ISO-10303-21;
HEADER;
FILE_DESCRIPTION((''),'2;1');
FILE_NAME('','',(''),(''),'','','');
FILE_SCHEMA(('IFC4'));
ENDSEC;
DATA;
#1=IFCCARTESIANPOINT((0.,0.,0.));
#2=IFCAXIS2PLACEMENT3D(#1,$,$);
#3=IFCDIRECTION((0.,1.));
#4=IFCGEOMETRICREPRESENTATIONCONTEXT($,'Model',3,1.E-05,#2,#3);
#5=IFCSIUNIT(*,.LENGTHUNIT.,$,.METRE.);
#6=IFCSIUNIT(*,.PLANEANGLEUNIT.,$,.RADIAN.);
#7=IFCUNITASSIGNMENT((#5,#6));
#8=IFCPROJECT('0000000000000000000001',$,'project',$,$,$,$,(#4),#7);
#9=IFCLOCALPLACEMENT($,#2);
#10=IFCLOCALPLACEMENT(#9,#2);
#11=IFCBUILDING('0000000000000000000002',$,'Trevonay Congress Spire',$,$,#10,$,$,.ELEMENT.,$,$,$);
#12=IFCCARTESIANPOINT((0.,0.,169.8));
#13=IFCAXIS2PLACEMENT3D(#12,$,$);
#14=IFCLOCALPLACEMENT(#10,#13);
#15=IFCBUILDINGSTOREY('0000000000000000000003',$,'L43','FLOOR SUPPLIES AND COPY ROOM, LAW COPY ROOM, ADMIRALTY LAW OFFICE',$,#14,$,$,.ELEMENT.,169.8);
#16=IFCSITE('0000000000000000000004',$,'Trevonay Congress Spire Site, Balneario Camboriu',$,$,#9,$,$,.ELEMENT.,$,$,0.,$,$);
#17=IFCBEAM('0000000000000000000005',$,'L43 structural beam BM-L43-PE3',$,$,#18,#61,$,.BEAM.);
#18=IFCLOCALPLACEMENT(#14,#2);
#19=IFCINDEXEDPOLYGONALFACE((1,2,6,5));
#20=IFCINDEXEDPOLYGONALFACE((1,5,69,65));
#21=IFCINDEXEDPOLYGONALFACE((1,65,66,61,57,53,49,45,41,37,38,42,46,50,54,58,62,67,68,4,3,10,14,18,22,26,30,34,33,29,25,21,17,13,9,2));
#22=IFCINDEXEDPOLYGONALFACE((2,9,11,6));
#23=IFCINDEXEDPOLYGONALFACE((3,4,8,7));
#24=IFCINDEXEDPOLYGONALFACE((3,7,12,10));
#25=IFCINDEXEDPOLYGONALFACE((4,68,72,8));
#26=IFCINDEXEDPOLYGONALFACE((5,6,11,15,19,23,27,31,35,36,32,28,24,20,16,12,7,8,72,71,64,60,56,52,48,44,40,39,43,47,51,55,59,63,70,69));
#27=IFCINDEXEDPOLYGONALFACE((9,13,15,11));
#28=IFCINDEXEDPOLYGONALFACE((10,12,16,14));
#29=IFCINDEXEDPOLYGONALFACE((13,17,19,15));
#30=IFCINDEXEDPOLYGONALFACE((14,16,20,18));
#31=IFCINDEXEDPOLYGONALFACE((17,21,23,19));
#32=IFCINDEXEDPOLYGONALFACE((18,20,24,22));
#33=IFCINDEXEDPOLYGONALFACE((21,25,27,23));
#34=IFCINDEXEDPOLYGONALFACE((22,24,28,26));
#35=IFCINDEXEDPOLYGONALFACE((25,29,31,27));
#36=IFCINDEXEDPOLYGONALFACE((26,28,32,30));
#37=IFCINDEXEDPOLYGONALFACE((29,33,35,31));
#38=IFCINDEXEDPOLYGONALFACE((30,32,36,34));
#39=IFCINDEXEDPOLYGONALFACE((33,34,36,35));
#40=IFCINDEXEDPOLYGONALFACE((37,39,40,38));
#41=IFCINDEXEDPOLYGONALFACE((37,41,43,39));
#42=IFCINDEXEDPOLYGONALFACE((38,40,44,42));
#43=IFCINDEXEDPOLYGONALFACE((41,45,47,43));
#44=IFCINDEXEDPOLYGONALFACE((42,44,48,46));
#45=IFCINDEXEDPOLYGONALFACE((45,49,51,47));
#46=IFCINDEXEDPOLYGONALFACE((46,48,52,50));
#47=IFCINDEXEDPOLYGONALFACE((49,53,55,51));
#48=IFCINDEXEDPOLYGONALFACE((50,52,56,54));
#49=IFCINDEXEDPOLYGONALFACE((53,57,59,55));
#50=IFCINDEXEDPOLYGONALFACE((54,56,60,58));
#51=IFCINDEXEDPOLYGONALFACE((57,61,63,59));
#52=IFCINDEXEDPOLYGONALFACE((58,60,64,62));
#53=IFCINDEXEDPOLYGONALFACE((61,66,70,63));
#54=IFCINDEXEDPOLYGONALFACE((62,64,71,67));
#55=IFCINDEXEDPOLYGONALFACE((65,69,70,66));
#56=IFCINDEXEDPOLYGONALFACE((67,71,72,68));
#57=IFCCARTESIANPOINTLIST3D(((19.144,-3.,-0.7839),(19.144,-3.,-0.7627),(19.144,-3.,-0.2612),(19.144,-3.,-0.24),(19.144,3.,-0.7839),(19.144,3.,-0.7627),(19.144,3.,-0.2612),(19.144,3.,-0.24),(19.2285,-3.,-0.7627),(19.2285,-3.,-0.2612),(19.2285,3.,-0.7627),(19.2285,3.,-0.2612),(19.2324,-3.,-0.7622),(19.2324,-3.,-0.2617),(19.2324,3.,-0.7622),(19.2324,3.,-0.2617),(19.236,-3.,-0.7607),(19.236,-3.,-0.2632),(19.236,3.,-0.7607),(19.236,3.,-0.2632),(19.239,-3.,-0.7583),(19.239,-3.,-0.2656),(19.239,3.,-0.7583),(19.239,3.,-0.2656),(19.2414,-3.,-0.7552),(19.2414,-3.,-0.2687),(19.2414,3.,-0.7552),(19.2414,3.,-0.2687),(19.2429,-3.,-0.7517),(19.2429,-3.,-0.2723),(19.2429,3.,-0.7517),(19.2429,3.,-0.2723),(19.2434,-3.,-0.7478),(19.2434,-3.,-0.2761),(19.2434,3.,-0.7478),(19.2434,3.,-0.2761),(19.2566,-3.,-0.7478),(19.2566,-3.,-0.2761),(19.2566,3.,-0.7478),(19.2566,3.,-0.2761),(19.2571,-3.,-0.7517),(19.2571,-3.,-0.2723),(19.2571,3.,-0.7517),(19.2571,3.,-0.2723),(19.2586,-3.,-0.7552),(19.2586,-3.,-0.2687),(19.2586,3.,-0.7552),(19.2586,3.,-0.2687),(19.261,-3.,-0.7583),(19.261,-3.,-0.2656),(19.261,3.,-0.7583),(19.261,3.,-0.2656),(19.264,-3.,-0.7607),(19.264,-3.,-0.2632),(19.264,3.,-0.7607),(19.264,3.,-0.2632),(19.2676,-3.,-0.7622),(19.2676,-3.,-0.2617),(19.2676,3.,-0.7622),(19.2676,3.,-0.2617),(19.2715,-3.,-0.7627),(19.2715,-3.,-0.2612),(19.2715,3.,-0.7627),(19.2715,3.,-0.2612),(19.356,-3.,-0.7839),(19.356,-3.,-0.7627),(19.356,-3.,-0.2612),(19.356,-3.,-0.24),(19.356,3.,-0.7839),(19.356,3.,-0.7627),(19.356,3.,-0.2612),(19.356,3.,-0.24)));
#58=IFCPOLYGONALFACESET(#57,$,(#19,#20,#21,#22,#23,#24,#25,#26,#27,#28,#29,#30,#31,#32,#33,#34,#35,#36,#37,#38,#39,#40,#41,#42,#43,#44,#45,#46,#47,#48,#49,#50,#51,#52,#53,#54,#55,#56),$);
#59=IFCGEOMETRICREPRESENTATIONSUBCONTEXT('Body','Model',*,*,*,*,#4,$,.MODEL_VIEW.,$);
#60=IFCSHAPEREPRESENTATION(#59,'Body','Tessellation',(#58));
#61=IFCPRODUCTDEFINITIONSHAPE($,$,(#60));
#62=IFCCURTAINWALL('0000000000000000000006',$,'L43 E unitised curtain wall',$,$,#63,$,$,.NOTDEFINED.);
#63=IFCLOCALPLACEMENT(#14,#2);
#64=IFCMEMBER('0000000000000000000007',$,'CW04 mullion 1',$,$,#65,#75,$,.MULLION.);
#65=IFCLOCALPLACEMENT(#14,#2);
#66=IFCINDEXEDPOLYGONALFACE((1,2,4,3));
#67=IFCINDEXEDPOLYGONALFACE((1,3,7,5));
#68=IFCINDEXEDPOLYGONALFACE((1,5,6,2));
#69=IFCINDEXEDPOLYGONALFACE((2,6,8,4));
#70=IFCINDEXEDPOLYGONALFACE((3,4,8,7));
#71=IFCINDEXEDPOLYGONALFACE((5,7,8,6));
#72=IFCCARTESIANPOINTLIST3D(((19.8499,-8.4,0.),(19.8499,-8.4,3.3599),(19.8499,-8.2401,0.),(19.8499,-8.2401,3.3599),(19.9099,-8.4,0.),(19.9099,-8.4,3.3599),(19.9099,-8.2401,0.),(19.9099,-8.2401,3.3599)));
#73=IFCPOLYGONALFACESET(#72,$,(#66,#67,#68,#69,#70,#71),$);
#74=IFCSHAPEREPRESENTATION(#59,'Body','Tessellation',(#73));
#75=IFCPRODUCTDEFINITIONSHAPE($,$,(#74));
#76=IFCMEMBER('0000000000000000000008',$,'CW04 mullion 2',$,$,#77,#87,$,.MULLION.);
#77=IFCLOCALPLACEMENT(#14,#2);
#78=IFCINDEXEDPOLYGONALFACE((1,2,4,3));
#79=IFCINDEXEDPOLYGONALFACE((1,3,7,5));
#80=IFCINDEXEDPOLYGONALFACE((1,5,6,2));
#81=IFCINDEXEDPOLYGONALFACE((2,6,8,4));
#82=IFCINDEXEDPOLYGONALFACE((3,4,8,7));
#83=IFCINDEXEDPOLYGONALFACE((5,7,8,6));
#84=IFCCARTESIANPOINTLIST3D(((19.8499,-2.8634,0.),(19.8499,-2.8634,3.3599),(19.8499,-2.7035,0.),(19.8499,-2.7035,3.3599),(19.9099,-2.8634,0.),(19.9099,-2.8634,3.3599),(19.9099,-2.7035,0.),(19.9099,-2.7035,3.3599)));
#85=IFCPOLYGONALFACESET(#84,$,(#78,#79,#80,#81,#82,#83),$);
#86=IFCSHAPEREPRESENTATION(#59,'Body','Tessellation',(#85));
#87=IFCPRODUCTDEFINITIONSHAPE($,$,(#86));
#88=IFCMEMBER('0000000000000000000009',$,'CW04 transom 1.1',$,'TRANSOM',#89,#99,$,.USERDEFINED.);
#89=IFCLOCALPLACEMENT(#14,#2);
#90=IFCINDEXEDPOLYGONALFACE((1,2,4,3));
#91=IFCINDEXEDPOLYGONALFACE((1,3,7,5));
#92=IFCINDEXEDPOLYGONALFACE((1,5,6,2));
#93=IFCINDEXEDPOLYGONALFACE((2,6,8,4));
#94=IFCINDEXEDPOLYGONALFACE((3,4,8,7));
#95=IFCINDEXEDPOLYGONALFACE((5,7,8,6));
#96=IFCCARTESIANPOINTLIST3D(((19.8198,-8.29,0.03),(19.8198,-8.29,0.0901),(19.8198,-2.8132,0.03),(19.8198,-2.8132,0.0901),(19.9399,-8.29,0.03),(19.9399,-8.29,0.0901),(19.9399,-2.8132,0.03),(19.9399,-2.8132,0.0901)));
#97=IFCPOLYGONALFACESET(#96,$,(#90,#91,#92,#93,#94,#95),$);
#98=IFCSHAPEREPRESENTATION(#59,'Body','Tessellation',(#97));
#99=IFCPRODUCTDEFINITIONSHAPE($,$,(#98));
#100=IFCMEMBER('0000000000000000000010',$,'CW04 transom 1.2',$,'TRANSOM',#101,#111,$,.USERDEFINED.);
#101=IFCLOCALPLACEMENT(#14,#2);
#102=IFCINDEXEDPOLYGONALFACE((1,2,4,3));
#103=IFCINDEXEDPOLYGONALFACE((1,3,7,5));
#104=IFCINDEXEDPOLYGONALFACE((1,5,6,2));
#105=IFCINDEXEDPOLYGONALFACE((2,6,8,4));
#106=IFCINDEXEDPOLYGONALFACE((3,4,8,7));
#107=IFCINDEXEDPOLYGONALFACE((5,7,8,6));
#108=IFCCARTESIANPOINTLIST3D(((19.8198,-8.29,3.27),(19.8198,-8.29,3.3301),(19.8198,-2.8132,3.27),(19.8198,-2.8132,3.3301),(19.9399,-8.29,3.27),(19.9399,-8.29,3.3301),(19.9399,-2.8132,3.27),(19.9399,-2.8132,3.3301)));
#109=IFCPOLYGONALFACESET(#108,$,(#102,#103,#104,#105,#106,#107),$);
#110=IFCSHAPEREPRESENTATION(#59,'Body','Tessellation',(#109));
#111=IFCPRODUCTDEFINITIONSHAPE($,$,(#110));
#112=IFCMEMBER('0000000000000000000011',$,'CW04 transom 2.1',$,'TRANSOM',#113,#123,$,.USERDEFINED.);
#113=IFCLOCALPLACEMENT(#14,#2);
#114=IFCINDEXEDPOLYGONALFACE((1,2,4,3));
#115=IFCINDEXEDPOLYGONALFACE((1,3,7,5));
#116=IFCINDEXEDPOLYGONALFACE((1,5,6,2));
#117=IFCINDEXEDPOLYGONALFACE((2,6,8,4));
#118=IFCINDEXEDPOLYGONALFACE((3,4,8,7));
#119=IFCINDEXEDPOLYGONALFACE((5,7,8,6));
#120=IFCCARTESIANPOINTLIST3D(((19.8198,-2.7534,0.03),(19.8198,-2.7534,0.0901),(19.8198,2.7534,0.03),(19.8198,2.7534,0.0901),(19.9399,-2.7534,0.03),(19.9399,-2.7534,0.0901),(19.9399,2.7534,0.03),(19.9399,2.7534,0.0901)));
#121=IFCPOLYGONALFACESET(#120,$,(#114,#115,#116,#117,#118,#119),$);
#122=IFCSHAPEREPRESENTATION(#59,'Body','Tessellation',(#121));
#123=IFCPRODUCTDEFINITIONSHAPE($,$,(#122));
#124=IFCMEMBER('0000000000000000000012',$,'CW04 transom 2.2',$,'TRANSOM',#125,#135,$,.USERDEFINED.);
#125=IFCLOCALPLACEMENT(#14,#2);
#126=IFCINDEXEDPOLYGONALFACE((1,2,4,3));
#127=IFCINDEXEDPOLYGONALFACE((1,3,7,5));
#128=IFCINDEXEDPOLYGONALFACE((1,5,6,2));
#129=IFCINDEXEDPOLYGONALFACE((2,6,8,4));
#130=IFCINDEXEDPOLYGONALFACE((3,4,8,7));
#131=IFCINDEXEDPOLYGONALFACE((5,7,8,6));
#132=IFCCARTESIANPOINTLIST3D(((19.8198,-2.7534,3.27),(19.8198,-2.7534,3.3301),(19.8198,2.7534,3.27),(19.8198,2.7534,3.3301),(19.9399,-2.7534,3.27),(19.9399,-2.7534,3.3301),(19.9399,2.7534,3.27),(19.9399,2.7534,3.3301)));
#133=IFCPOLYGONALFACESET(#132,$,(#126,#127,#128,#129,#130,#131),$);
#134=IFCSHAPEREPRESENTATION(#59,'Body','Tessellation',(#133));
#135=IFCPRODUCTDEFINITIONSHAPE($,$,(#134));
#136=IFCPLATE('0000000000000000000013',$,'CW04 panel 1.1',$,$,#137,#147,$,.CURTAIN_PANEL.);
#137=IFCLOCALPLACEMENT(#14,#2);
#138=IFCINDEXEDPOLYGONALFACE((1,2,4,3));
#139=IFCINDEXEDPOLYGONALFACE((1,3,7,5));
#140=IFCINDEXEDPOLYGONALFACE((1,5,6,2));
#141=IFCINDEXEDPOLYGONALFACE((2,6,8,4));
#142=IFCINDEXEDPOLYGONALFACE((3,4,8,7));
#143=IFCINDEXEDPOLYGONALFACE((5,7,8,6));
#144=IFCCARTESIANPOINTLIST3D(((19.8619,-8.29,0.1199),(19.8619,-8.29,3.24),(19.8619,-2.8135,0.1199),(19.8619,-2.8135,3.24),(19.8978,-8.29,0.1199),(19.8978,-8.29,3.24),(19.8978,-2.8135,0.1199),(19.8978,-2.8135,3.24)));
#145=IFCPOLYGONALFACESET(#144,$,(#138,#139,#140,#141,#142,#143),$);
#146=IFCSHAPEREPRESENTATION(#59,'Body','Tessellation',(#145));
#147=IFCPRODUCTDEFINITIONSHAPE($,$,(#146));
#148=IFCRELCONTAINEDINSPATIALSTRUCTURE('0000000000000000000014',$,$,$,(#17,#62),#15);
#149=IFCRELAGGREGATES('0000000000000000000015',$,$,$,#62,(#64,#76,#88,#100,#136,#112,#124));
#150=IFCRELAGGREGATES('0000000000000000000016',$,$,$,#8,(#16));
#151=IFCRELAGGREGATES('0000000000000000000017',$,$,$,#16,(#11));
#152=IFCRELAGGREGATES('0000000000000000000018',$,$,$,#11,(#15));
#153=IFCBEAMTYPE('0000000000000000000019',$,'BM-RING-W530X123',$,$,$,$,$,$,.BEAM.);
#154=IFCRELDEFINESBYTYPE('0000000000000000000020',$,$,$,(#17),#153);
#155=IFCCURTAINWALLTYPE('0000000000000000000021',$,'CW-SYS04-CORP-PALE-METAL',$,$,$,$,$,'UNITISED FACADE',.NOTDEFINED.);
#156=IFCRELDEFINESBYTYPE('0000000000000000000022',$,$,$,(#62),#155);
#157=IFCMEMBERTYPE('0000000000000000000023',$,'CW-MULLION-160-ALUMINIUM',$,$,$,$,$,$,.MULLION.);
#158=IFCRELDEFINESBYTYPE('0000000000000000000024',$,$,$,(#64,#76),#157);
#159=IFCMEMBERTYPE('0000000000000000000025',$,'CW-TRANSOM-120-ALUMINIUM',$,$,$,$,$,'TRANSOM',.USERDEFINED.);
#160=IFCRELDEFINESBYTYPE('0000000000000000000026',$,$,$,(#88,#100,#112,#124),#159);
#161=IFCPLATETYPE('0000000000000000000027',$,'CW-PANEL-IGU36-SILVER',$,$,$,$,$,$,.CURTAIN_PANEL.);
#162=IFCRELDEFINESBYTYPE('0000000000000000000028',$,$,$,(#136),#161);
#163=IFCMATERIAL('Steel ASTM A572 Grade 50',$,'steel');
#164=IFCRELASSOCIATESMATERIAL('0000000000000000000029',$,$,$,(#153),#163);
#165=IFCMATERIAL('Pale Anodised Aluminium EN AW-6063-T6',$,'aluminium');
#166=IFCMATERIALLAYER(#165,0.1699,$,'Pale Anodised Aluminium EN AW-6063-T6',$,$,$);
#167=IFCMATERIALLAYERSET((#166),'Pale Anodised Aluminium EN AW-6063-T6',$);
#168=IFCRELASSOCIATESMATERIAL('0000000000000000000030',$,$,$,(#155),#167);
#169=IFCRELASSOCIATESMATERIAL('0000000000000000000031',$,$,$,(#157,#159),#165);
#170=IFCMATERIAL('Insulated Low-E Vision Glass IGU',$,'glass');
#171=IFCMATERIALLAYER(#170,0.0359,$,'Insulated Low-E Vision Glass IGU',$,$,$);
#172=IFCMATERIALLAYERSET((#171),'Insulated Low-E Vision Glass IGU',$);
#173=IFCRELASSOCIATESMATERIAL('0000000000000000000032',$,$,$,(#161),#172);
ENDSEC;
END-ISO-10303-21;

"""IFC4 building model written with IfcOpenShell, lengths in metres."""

from ifc_helpers import new_model, si_unit, direction, frame, origin, origin_2d, place, context, subcontext, project, spatial, rectangle, i_section, extrude, material, layer, layer_set, material_profile, profile_set, type_object, element, aggregate, save


model = new_model("IFC4")

# Units and contexts
model_context = context("Model", 3, precision=1e-05, world=origin(), true_north=direction((0.0, 1.0)))
body_context = subcontext(model_context, "Body", "Model", "MODEL_VIEW")
ifc_project = project(units=[si_unit("LENGTHUNIT", "METRE"), si_unit("PLANEANGLEUNIT", "RADIAN")], contexts=[model_context])

# Site, building, storey
site_placement = place(None, origin())
site = spatial("IfcSite", under=ifc_project, at=site_placement, Name="Trevonay Congress Spire Site, Balneario Camboriu", CompositionType="ELEMENT", RefElevation=0.0)
building_placement = place(site_placement, origin())
building = spatial("IfcBuilding", under=site, at=building_placement, Name="Trevonay Congress Spire", CompositionType="ELEMENT")
storey_placement = place(building_placement, frame((0.0, 0.0, 169.8)))
storey = spatial("IfcBuildingStorey", under=building, at=storey_placement, Name="L43", Description="FLOOR SUPPLIES AND COPY ROOM, LAW COPY ROOM, ADMIRALTY LAW OFFICE", CompositionType="ELEMENT", Elevation=169.8)

# Shared definitions
ifc_material_1 = material(Name="Steel ASTM A572 Grade 50", Category="steel")

# Beam
ifc_material_profile_1 = material_profile(ifc_material_1, i_section(OverallWidth=0.2119, OverallDepth=0.5439, WebThickness=0.0132, FlangeThickness=0.0212, FilletRadius=0.0149, at=origin_2d()), Name="W530x123")
ifc_profile_set_1 = profile_set([ifc_material_profile_1], Name="Steel ASTM A572 Grade 50")
beam_type_1 = type_object("IfcBeamType", Name="BM-RING-W530X123", PredefinedType="BEAM", material=ifc_profile_set_1)
beam_1_placement = place(storey_placement, frame((19.25, -3.0, -0.512), z_axis=(0.0, 1.0, 0.0), x_axis=(-1.0, 0.0, 0.0)))
element("IfcBeam", 1, at=beam_1_placement, inside=storey, type_object=beam_type_1, Name="L43 structural beam BM-L43-PE3", PredefinedType="BEAM", context=body_context, shape_type="SweptSolid", body=[
    extrude(i_section(OverallWidth=0.2119, OverallDepth=0.5439, WebThickness=0.0132, FlangeThickness=0.0212, FilletRadius=0.0149, at=origin_2d()), origin(), (0.0, 0.0, 1.0), 6.0),
])

# Curtain wall, members, plate
ifc_material_2 = material(Name="Pale Anodised Aluminium EN AW-6063-T6", Category="aluminium")
ifc_layer_1 = layer(ifc_material_2, 0.1699, Name="Pale Anodised Aluminium EN AW-6063-T6")
ifc_layer_set_1 = layer_set([ifc_layer_1], Name="Pale Anodised Aluminium EN AW-6063-T6")
curtain_wall_type = type_object("IfcCurtainWallType", Name="CW-SYS04-CORP-PALE-METAL", ElementType="UNITISED FACADE", PredefinedType="NOTDEFINED", material=ifc_layer_set_1)
curtain_wall_placement = place(storey_placement, origin())
curtain_wall = element("IfcCurtainWall", 2, at=curtain_wall_placement, inside=storey, type_object=curtain_wall_type, Name="L43 E unitised curtain wall", PredefinedType="NOTDEFINED")
ifc_material_profile_2 = material_profile(ifc_material_2, rectangle(XDim=0.0601, YDim=0.1599, at=origin_2d()), Name="CW-MULLION-160-ALUMINIUM")
ifc_profile_set_2 = profile_set([ifc_material_profile_2], Name="Pale Anodised Aluminium EN AW-6063-T6")
member_type_1 = type_object("IfcMemberType", Name="CW-MULLION-160-ALUMINIUM", PredefinedType="MULLION", material=ifc_profile_set_2)
member_1_placement = place(storey_placement, frame((19.8799, -8.3201, 0.0), z_axis=(0.0, 0.0, 1.0), x_axis=(-1.0, 0.0, 0.0)))
member_1 = element("IfcMember", 3, at=member_1_placement, type_object=member_type_1, Name="CW04 mullion 1", PredefinedType="MULLION", context=body_context, shape_type="SweptSolid", body=[
    extrude(rectangle(XDim=0.0601, YDim=0.1599, at=origin_2d()), origin(), (0.0, 0.0, 1.0), 3.3599),
])
member_2_placement = place(storey_placement, frame((19.8799, -2.7834, 0.0), z_axis=(0.0, 0.0, 1.0), x_axis=(-1.0, 0.0, 0.0)))
member_2 = element("IfcMember", 4, at=member_2_placement, type_object=member_type_1, Name="CW04 mullion 2", PredefinedType="MULLION", context=body_context, shape_type="SweptSolid", body=[
    extrude(rectangle(XDim=0.0601, YDim=0.1599, at=origin_2d()), origin(), (0.0, 0.0, 1.0), 3.3599),
])
ifc_material_profile_3 = material_profile(ifc_material_2, rectangle(XDim=0.1201, YDim=0.0601, at=origin_2d()), Name="CW-TRANSOM-120-ALUMINIUM")
ifc_profile_set_3 = profile_set([ifc_material_profile_3], Name="Pale Anodised Aluminium EN AW-6063-T6")
member_type_2 = type_object("IfcMemberType", Name="CW-TRANSOM-120-ALUMINIUM", ElementType="TRANSOM", PredefinedType="USERDEFINED", material=ifc_profile_set_3)
member_3_placement = place(storey_placement, frame((19.8799, -8.29, 0.0601), z_axis=(0.0, 1.0, 0.0), x_axis=(-1.0, 0.0, 0.0)))
member_3 = element("IfcMember", 5, at=member_3_placement, type_object=member_type_2, Name="CW04 transom 1.1", ObjectType="TRANSOM", PredefinedType="USERDEFINED", context=body_context, shape_type="SweptSolid", body=[
    extrude(rectangle(XDim=0.1201, YDim=0.0601, at=origin_2d()), origin(), (0.0, 0.0, 1.0), 5.4768),
])
member_4_placement = place(storey_placement, frame((19.8799, -8.29, 3.3), z_axis=(0.0, 1.0, 0.0), x_axis=(-1.0, 0.0, 0.0)))
member_4 = element("IfcMember", 6, at=member_4_placement, type_object=member_type_2, Name="CW04 transom 1.2", ObjectType="TRANSOM", PredefinedType="USERDEFINED", context=body_context, shape_type="SweptSolid", body=[
    extrude(rectangle(XDim=0.1201, YDim=0.0601, at=origin_2d()), origin(), (0.0, 0.0, 1.0), 5.4768),
])
member_5_placement = place(storey_placement, frame((19.8799, -2.7534, 0.0601), z_axis=(0.0, 1.0, 0.0), x_axis=(-1.0, 0.0, 0.0)))
member_5 = element("IfcMember", 7, at=member_5_placement, type_object=member_type_2, Name="CW04 transom 2.1", ObjectType="TRANSOM", PredefinedType="USERDEFINED", context=body_context, shape_type="SweptSolid", body=[
    extrude(rectangle(XDim=0.1201, YDim=0.0601, at=origin_2d()), origin(), (0.0, 0.0, 1.0), 5.5068),
])
member_6_placement = place(storey_placement, frame((19.8799, -2.7534, 3.3), z_axis=(0.0, 1.0, 0.0), x_axis=(-1.0, 0.0, 0.0)))
member_6 = element("IfcMember", 8, at=member_6_placement, type_object=member_type_2, Name="CW04 transom 2.2", ObjectType="TRANSOM", PredefinedType="USERDEFINED", context=body_context, shape_type="SweptSolid", body=[
    extrude(rectangle(XDim=0.1201, YDim=0.0601, at=origin_2d()), origin(), (0.0, 0.0, 1.0), 5.5068),
])
ifc_material_3 = material(Name="Insulated Low-E Vision Glass IGU", Category="glass")
ifc_layer_2 = layer(ifc_material_3, 0.0359, Name="Insulated Low-E Vision Glass IGU")
ifc_layer_set_2 = layer_set([ifc_layer_2], Name="Insulated Low-E Vision Glass IGU")
plate_type = type_object("IfcPlateType", Name="CW-PANEL-IGU36-SILVER", PredefinedType="CURTAIN_PANEL", material=ifc_layer_set_2)
plate_placement = place(storey_placement, frame((19.8799, -5.5518, 0.1199), z_axis=(0.0, 0.0, 1.0), x_axis=(0.0, 1.0, 0.0)))
plate = element("IfcPlate", 9, at=plate_placement, type_object=plate_type, Name="CW04 panel 1.1", PredefinedType="CURTAIN_PANEL", context=body_context, shape_type="SweptSolid", body=[
    extrude(rectangle(XDim=5.4766, YDim=0.0359, at=origin_2d()), origin(), (0.0, 0.0, 1.0), 3.1201),
])
aggregate(curtain_wall, [member_1, member_2, member_3, member_4, plate, member_5, member_6])

save(model, "model.ifc")
